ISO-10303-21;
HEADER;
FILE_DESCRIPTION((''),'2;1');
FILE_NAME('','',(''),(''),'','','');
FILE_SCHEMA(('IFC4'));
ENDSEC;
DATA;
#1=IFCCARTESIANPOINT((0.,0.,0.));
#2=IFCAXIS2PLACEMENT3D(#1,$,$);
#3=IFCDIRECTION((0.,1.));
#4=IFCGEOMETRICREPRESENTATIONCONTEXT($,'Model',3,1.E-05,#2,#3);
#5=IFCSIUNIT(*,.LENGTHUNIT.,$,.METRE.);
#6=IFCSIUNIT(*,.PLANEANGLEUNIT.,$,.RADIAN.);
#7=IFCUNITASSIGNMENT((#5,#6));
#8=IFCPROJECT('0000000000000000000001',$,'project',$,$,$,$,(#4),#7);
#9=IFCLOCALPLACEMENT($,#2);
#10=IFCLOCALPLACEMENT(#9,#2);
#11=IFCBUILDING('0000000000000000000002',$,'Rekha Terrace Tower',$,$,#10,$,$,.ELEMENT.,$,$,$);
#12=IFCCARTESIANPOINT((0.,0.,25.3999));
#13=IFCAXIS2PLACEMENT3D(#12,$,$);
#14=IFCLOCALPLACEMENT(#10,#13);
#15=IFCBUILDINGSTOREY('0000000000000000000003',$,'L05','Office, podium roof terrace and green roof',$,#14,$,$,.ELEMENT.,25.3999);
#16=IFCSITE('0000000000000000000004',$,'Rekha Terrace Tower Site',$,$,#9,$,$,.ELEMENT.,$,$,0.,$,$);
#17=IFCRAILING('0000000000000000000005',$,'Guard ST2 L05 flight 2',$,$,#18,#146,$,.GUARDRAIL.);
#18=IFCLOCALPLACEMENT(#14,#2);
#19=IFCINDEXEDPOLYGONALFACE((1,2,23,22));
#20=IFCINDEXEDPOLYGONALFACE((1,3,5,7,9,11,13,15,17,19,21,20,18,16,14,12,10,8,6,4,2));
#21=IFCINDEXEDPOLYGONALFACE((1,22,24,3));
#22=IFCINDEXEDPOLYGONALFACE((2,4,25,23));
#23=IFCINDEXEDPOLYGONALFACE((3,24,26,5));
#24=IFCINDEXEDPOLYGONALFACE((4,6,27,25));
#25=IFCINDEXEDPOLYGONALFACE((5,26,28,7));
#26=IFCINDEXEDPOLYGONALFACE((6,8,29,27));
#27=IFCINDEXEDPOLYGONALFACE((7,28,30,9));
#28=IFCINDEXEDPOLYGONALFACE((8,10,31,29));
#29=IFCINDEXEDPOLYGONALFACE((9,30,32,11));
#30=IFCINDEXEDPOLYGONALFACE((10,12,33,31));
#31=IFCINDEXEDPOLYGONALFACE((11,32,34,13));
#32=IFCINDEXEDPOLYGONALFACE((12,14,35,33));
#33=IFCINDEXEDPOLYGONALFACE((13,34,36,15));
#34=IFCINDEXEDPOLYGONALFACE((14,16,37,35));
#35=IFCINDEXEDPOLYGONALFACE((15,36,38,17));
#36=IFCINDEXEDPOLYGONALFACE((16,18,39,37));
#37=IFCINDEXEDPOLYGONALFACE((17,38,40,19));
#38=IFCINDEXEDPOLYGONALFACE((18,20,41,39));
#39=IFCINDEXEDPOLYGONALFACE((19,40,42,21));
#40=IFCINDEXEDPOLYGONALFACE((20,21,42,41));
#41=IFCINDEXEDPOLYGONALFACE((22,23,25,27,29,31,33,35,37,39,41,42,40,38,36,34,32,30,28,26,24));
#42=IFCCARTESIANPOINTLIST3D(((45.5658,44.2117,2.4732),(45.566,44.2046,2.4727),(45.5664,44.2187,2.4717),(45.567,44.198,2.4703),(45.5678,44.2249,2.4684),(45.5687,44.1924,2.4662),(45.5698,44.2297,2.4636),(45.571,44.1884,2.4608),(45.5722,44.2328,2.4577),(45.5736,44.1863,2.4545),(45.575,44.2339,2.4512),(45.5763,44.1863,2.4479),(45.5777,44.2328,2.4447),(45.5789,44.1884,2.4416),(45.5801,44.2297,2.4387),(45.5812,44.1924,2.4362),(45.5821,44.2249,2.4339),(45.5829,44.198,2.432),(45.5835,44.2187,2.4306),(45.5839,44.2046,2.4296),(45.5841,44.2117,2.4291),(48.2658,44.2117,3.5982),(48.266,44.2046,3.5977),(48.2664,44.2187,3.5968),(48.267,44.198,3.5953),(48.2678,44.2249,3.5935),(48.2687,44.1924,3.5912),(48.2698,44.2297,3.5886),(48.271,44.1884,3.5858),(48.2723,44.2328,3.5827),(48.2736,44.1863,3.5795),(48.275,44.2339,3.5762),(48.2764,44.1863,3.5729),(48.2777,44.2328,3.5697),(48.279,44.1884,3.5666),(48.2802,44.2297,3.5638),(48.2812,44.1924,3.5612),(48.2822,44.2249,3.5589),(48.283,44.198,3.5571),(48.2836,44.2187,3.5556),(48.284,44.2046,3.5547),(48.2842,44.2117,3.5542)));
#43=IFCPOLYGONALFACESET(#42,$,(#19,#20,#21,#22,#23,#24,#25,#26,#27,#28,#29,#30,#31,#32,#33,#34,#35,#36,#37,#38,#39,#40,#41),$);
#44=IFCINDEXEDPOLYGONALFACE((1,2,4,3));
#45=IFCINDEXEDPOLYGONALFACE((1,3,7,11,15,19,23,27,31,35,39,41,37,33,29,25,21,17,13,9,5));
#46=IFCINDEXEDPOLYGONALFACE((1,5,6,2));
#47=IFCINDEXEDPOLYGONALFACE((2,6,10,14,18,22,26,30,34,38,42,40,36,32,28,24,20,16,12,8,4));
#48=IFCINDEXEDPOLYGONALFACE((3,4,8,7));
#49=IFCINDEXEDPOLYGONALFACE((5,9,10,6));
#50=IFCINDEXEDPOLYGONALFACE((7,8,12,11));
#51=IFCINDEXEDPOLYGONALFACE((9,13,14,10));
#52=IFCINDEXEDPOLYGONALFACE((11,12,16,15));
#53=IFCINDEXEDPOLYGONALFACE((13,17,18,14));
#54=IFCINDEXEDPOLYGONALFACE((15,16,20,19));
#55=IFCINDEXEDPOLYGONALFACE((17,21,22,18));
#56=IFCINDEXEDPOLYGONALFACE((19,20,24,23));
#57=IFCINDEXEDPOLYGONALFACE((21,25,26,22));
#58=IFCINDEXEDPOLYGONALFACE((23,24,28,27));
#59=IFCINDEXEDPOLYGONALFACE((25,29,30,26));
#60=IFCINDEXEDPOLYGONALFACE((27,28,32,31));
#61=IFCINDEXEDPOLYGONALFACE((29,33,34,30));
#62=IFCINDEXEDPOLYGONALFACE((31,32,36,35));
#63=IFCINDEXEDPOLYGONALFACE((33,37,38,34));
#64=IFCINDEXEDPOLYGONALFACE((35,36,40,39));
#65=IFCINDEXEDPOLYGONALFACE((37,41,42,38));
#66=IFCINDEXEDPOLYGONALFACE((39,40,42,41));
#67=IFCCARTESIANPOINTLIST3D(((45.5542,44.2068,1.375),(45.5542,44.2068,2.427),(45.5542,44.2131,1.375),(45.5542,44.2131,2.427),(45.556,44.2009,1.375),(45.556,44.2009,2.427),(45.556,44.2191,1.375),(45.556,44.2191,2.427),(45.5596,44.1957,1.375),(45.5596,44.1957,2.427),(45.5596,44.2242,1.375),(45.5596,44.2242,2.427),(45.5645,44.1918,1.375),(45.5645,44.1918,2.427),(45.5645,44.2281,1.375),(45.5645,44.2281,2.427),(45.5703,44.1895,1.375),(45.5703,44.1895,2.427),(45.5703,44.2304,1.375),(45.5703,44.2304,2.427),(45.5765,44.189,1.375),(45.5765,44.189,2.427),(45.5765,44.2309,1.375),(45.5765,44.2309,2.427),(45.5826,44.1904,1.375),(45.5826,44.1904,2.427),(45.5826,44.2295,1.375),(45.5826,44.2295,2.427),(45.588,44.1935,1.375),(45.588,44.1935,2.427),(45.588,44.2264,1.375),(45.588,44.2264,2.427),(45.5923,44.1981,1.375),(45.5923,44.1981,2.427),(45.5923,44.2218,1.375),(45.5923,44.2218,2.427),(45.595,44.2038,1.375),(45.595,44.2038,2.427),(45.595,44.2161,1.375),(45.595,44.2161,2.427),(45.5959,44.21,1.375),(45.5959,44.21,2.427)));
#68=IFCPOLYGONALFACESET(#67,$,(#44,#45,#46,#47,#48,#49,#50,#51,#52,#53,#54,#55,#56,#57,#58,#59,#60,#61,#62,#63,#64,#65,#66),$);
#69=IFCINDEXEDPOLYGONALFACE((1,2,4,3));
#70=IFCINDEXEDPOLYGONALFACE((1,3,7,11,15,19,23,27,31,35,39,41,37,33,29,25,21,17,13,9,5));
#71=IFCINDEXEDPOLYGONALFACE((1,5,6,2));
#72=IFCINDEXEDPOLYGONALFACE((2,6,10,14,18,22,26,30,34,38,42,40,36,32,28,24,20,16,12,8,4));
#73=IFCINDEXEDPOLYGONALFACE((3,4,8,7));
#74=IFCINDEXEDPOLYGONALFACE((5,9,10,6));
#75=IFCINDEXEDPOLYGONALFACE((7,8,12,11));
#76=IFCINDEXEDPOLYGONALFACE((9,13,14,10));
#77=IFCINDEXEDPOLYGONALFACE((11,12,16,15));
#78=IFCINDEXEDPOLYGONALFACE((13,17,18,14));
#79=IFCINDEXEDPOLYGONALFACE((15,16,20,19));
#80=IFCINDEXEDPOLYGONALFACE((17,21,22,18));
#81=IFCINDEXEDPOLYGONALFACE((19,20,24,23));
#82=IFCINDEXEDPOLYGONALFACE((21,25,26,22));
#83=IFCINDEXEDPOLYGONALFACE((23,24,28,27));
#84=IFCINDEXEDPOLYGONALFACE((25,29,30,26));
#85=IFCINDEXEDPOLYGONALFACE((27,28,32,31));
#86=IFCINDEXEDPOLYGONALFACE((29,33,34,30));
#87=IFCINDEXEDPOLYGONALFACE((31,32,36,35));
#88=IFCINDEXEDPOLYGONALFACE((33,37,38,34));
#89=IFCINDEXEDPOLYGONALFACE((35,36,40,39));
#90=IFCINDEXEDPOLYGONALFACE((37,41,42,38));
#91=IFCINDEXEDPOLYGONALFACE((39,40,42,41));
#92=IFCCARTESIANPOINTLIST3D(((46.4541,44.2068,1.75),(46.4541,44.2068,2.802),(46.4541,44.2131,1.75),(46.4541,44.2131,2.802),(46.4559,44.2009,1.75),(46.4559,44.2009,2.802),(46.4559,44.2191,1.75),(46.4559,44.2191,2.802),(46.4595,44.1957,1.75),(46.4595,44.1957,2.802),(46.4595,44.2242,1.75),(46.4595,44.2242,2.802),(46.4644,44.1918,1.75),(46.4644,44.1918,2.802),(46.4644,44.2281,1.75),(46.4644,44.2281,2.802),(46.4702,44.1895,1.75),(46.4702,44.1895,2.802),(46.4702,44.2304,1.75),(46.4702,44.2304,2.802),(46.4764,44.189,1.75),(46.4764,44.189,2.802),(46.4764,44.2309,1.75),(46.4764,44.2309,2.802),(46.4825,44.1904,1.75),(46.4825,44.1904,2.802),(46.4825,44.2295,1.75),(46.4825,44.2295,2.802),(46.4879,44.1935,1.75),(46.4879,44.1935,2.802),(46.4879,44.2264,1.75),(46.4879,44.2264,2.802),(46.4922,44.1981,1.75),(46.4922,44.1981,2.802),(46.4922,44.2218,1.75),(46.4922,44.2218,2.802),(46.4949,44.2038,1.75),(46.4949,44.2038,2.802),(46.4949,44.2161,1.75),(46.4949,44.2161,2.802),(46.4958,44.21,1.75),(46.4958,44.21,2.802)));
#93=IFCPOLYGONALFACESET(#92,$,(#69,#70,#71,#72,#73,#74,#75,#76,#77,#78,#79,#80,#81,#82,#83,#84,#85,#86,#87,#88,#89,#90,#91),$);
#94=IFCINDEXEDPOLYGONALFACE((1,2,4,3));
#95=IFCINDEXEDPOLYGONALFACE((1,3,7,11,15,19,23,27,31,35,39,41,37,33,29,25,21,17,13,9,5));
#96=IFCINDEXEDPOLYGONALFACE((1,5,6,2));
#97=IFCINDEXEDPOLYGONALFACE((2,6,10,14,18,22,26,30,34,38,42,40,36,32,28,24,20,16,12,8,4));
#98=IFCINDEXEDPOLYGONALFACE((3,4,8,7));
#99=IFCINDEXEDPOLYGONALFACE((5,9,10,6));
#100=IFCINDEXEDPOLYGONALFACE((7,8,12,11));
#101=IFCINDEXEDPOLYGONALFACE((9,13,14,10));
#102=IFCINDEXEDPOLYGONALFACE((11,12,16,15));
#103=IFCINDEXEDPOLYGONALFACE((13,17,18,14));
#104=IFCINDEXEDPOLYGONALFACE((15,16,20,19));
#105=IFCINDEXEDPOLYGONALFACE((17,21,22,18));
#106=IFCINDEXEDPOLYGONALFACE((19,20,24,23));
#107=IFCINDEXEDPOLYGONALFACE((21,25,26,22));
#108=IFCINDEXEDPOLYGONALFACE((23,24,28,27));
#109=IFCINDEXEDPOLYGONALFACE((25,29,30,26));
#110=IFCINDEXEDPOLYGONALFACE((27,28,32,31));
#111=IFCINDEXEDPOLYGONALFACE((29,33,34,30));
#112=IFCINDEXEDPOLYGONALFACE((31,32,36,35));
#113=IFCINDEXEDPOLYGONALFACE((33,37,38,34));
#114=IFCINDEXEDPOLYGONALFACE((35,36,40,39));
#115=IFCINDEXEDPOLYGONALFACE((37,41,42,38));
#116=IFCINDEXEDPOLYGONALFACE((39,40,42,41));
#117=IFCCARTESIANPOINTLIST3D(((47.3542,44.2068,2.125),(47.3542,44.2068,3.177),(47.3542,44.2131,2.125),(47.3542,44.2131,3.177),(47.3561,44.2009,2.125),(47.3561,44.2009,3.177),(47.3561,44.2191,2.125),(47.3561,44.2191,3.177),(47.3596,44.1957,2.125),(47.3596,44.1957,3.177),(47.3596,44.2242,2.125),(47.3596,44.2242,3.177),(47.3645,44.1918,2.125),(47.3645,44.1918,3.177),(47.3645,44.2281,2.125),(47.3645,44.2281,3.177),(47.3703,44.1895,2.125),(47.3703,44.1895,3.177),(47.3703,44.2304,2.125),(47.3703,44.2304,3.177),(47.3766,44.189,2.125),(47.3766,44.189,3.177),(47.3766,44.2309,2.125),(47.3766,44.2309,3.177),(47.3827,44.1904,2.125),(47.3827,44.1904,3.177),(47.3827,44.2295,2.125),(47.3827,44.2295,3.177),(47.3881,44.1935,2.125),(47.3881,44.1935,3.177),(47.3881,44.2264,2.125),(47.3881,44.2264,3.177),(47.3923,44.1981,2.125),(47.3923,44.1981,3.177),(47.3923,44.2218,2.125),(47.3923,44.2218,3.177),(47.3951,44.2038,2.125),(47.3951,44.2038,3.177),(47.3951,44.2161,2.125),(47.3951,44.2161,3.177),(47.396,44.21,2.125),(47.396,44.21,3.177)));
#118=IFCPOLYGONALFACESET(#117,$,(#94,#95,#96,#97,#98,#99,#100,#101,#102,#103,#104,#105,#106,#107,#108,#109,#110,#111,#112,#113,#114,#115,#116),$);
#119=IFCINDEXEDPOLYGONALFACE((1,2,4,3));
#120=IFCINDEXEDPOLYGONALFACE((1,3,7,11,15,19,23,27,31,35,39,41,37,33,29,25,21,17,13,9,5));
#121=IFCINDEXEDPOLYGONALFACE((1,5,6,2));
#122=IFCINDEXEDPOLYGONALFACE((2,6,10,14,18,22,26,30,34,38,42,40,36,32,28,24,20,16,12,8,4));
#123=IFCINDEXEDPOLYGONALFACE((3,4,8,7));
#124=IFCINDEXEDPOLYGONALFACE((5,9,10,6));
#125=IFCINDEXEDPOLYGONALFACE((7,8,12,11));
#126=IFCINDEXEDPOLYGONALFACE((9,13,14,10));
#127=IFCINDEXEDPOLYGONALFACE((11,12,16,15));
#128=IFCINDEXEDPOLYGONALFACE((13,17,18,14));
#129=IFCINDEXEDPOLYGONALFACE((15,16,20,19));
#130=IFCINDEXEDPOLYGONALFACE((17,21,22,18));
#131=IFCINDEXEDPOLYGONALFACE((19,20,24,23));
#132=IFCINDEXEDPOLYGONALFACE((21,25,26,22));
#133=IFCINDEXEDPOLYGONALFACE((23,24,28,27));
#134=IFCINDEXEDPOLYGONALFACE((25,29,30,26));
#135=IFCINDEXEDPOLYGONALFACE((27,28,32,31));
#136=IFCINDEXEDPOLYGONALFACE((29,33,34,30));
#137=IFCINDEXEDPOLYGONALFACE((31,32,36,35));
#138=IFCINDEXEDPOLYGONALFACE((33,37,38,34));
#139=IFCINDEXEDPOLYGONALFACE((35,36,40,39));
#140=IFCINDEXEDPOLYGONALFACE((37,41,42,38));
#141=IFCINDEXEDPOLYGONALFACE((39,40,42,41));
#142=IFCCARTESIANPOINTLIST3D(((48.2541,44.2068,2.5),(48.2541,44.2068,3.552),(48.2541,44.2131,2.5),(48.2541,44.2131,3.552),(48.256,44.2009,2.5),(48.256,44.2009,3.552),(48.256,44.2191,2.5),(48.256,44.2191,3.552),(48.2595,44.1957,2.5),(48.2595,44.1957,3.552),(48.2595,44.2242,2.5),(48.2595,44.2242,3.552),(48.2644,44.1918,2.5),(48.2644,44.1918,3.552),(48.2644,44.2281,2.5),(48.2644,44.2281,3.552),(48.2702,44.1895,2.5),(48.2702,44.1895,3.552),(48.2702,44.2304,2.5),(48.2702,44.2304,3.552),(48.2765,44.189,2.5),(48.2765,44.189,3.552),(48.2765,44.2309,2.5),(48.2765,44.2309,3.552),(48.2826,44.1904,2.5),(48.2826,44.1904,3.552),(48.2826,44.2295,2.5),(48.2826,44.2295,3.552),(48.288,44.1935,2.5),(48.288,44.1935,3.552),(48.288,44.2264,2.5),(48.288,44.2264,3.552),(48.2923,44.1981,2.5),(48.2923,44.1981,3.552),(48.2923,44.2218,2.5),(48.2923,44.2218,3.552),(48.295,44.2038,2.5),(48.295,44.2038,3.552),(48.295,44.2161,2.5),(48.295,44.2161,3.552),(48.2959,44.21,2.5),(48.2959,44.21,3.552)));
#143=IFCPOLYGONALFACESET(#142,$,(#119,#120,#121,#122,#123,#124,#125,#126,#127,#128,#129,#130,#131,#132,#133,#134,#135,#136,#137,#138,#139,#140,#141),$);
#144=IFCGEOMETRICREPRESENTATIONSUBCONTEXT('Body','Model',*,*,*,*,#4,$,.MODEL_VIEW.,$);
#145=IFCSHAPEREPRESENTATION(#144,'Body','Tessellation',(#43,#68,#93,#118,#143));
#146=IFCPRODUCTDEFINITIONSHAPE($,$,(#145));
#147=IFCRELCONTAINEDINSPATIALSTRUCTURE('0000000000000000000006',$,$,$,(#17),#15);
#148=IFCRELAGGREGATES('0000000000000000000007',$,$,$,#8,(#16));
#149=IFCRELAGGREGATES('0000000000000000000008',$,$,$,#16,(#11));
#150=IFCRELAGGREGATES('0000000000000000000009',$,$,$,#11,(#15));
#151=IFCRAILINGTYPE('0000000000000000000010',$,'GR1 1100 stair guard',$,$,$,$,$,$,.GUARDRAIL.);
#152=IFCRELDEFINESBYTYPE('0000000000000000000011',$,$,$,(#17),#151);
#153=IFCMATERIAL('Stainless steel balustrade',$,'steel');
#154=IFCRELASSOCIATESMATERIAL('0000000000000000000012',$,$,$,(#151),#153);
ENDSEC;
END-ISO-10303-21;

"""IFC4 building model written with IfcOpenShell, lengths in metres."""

from ifc_helpers import new_model, si_unit, direction, frame, origin, origin_2d, place, context, subcontext, project, spatial, circle, extrude, material, type_object, element, save


model = new_model("IFC4")

# Units and contexts
model_context = context("Model", 3, precision=1e-05, world=origin(), true_north=direction((0.0, 1.0)))
body_context = subcontext(model_context, "Body", "Model", "MODEL_VIEW")
ifc_project = project(units=[si_unit("LENGTHUNIT", "METRE"), si_unit("PLANEANGLEUNIT", "RADIAN")], contexts=[model_context])

# Site, building, storey
site_placement = place(None, origin())
site = spatial("IfcSite", under=ifc_project, at=site_placement, Name="Rekha Terrace Tower Site", CompositionType="ELEMENT", RefElevation=0.0)
building_placement = place(site_placement, origin())
building = spatial("IfcBuilding", under=site, at=building_placement, Name="Rekha Terrace Tower", CompositionType="ELEMENT")
storey_placement = place(building_placement, frame((0.0, 0.0, 25.3999)))
storey = spatial("IfcBuildingStorey", under=building, at=storey_placement, Name="L05", Description="Office, podium roof terrace and green roof", CompositionType="ELEMENT", Elevation=25.3999)

# Railing
ifc_material_1 = material(Name="Stainless steel balustrade", Category="steel")
railing_type_1 = type_object("IfcRailingType", Name="GR1 1100 stair guard", PredefinedType="GUARDRAIL", material=ifc_material_1)
railing_1_placement = place(storey_placement, frame((45.575, 44.21, 1.375)))
element("IfcRailing", 1, at=railing_1_placement, inside=storey, type_object=railing_type_1, Name="Guard ST2 L05 flight 2", PredefinedType="GUARDRAIL", context=body_context, shape_type="SweptSolid", body=[
    extrude(circle(Radius=0.0239, at=origin_2d()), frame((0.0, 0.0, 1.0762), z_axis=(0.923074, 0.0, 0.384621), x_axis=(0.0, 1.0, 0.0)), (0.0, 0.0, 1.0), 2.925),
    extrude(circle(Radius=0.021, at=origin_2d()), origin(), (0.0, 0.0, 1.0), 1.052),
    extrude(circle(Radius=0.021, at=origin_2d()), frame((0.8999, 0.0, 0.375)), (0.0, 0.0, 1.0), 1.052),
    extrude(circle(Radius=0.021, at=origin_2d()), frame((1.8, 0.0, 0.75)), (0.0, 0.0, 1.0), 1.052),
    extrude(circle(Radius=0.021, at=origin_2d()), frame((2.7, 0.0, 1.125)), (0.0, 0.0, 1.0), 1.052),
])

save(model, "model.ifc")
